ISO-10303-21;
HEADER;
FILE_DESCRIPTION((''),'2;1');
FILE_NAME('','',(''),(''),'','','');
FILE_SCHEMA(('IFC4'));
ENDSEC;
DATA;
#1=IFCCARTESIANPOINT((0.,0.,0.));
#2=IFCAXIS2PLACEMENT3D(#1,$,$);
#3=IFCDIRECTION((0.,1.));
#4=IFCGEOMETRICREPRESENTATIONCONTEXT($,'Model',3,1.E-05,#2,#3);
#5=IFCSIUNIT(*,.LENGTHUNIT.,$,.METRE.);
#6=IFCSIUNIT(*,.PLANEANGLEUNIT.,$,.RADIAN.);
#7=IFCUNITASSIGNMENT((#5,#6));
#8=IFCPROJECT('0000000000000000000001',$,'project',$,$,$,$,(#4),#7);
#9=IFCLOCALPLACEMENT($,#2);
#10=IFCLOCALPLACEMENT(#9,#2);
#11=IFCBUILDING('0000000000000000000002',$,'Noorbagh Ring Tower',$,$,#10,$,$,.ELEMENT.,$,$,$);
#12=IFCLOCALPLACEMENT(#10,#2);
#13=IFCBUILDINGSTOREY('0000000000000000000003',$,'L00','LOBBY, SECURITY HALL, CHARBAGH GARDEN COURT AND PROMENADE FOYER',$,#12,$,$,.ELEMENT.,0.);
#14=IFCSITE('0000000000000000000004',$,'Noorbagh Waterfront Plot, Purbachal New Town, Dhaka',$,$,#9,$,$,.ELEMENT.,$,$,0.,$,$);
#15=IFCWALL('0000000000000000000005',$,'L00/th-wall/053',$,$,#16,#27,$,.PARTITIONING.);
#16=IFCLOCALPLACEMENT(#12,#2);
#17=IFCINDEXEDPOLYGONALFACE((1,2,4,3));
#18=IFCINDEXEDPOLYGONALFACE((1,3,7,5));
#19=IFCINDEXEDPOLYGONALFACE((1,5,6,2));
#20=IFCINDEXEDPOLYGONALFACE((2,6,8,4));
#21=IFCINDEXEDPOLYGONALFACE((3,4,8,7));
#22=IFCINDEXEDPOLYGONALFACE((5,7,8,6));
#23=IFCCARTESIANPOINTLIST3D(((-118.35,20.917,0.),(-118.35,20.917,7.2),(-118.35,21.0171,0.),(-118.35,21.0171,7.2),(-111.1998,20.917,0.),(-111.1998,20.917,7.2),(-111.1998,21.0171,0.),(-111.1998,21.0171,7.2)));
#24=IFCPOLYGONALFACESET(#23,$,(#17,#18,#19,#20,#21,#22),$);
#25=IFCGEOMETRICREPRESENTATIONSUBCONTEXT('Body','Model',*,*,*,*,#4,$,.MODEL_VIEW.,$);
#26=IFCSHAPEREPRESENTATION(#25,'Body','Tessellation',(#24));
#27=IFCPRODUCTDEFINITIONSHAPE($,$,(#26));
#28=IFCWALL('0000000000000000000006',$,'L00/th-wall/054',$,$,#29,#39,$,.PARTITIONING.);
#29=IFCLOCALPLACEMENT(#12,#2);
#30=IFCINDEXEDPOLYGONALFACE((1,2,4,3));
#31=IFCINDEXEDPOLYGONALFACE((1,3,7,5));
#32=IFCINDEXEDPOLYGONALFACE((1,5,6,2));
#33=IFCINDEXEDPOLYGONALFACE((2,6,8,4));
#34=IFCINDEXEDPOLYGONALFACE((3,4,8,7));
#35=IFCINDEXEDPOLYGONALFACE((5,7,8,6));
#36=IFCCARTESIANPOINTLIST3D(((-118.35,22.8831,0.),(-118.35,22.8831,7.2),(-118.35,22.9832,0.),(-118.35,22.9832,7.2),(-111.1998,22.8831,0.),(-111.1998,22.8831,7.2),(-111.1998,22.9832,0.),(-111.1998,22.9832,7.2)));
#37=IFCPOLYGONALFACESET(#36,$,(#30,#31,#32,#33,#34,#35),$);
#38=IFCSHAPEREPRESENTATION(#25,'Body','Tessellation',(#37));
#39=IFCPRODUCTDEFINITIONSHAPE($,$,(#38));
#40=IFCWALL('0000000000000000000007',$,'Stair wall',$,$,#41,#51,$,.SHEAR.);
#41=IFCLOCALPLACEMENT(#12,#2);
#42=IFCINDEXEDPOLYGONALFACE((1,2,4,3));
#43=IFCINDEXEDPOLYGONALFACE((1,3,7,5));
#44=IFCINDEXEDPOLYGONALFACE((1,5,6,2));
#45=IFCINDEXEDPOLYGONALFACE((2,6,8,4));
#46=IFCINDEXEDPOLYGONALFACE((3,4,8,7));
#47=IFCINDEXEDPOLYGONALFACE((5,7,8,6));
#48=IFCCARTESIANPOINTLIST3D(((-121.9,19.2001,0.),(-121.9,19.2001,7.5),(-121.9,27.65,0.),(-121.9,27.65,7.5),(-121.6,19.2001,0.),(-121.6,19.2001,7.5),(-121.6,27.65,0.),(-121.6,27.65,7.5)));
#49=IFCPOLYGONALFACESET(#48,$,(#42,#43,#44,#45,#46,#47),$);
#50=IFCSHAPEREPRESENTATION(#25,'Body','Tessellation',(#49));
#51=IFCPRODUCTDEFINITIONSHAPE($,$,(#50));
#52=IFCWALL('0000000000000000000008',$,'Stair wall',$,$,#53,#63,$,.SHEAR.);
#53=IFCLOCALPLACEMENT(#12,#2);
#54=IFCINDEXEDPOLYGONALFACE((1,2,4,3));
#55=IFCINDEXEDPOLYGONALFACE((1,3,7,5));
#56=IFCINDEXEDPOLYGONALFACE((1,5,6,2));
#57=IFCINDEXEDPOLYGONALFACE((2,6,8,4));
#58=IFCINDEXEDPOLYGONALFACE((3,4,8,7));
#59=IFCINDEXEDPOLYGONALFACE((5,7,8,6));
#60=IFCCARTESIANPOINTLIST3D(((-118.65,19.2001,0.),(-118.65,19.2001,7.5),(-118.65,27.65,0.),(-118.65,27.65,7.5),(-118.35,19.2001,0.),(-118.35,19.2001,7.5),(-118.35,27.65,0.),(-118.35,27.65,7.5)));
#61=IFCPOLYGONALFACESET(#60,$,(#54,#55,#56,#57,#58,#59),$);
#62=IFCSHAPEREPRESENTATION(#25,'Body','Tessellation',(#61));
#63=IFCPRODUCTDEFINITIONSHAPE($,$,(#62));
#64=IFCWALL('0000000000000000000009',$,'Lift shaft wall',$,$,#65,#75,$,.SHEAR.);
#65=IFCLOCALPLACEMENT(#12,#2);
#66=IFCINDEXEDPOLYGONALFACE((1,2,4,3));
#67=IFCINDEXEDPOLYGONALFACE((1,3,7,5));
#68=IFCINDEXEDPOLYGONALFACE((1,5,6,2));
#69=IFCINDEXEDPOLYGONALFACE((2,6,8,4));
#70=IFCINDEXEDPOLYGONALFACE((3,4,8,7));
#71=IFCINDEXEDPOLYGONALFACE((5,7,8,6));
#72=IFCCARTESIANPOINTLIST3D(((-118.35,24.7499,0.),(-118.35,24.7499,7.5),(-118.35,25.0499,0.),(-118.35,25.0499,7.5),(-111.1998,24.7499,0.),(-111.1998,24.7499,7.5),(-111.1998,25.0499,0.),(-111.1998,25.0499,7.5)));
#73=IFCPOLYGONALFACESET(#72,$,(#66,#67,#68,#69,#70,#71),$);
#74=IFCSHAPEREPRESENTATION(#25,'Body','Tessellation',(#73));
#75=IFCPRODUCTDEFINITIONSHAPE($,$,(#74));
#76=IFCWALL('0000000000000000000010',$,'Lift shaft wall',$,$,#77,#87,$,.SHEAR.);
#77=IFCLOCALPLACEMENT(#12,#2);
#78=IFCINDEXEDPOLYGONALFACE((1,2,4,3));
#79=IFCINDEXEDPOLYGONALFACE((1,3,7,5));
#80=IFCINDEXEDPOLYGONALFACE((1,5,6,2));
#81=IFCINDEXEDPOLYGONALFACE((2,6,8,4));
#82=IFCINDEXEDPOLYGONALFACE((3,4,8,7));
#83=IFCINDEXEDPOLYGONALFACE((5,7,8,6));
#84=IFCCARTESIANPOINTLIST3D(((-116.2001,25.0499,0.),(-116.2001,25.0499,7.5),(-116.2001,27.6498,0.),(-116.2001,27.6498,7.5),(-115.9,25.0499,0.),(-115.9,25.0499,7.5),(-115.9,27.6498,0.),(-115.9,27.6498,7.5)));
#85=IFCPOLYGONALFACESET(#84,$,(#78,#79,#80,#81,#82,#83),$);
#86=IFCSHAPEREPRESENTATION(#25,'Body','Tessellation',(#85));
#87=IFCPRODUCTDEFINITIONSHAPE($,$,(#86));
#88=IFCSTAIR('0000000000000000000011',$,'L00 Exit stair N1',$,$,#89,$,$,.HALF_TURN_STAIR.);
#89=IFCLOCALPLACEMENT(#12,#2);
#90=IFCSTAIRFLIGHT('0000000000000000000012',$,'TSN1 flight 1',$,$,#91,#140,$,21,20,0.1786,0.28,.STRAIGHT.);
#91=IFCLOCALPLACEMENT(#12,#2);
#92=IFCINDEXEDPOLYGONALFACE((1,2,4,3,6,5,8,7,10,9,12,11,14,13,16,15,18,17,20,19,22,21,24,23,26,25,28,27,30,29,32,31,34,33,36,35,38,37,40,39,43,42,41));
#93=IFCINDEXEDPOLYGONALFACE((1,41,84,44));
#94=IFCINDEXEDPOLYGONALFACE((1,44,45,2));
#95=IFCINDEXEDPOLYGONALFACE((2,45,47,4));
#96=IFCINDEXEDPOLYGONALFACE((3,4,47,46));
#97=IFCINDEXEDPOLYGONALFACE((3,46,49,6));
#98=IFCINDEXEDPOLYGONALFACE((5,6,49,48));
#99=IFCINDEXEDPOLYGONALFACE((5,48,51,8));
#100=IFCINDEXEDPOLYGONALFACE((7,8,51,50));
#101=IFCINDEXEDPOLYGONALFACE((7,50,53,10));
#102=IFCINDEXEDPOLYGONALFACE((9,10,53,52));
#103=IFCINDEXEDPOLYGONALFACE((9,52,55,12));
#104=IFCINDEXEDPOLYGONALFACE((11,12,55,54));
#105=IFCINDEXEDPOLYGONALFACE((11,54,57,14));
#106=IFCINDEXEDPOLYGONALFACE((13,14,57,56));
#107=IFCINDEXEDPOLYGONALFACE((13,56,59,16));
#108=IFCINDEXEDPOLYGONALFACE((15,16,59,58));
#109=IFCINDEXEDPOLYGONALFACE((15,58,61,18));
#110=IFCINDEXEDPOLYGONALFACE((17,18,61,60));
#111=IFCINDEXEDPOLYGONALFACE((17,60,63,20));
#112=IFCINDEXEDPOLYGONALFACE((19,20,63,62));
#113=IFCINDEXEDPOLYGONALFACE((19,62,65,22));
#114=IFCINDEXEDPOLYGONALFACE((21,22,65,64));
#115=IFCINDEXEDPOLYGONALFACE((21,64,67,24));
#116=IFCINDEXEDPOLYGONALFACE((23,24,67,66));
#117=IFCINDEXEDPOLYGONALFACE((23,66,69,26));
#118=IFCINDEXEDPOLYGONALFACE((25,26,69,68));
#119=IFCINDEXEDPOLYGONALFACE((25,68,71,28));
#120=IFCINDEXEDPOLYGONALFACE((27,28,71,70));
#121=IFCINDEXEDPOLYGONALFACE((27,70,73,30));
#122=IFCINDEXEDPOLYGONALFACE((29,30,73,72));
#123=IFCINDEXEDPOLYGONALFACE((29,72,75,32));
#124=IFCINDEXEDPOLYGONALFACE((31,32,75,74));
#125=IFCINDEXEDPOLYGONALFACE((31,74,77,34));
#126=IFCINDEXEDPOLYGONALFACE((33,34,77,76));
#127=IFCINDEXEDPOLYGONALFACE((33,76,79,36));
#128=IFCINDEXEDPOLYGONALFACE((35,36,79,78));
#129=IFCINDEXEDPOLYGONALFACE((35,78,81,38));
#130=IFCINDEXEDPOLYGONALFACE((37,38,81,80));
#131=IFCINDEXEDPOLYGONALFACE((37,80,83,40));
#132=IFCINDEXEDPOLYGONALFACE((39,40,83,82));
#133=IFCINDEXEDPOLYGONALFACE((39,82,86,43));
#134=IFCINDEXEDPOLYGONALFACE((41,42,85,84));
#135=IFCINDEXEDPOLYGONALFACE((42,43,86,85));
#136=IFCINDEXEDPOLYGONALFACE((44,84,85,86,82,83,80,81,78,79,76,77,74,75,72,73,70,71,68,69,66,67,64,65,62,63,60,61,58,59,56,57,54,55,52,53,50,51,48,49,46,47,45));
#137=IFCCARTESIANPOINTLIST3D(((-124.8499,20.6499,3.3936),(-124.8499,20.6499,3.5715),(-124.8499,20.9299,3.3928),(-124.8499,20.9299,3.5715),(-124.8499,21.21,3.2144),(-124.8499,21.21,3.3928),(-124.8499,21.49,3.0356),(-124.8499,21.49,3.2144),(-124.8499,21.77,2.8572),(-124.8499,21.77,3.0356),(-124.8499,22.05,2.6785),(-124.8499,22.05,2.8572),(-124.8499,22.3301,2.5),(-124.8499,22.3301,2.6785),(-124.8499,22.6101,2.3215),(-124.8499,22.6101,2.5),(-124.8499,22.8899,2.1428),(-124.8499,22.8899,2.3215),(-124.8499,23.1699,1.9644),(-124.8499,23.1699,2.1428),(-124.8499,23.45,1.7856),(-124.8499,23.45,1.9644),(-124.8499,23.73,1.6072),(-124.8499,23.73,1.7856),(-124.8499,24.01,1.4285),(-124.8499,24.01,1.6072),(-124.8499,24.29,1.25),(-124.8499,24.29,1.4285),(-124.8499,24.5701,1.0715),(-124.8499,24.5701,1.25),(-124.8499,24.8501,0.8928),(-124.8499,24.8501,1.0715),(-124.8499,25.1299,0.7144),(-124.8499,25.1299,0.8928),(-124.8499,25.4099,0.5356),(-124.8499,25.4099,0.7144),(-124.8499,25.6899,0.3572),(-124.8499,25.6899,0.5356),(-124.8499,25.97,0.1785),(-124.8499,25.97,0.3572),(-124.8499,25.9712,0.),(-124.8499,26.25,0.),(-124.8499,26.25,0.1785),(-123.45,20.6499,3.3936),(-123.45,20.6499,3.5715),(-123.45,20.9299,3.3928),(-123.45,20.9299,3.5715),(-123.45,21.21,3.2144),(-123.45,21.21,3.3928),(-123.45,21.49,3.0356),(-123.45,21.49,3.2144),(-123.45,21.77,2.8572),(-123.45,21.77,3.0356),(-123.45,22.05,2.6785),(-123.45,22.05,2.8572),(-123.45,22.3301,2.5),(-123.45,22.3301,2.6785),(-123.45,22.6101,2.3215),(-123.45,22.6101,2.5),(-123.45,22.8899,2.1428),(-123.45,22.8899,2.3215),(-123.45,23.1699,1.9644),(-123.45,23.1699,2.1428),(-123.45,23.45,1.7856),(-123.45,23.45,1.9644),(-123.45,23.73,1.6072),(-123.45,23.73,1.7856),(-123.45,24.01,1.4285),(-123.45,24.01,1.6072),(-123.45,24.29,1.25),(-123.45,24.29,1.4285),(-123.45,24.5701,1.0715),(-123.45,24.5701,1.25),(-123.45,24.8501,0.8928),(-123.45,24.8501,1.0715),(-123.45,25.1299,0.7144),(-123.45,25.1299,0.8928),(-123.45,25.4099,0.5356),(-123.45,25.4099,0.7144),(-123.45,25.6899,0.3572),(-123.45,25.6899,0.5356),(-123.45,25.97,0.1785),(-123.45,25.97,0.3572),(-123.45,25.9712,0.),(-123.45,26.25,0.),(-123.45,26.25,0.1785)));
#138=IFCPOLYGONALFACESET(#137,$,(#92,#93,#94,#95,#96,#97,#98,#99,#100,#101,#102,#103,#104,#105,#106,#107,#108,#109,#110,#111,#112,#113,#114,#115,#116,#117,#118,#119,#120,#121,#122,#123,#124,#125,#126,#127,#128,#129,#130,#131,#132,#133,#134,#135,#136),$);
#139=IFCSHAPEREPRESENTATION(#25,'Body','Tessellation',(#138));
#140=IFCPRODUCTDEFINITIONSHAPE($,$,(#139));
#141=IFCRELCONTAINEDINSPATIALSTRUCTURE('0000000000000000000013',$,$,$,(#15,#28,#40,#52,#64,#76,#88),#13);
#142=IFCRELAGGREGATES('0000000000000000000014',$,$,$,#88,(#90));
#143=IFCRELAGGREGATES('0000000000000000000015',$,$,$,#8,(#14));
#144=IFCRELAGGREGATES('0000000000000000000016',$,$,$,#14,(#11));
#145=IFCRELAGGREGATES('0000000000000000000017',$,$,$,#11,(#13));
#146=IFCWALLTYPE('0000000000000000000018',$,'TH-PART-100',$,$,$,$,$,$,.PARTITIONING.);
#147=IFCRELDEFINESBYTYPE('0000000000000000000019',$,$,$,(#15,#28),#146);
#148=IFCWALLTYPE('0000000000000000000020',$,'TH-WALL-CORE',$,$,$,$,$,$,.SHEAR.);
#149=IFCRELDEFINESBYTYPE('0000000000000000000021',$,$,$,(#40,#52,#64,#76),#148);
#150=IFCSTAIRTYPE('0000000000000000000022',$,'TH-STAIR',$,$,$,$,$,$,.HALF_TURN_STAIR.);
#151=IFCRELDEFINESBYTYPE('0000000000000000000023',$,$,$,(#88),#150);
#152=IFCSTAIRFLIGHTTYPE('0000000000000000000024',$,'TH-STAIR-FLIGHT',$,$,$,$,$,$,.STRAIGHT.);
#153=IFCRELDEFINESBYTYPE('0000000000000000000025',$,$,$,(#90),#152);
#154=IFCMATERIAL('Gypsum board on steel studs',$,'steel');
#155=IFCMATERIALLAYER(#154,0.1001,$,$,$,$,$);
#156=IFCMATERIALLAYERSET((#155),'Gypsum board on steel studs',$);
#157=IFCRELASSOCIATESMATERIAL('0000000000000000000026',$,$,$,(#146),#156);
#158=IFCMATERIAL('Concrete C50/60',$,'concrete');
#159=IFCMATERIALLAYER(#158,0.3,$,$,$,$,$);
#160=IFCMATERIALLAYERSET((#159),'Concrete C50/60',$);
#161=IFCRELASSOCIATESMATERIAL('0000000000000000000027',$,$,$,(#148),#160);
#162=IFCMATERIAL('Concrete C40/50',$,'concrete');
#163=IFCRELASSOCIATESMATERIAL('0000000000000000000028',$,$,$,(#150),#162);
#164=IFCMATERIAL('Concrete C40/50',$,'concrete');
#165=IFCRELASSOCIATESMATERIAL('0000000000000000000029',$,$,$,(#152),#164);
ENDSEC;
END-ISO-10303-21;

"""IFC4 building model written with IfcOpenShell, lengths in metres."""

from ifc_helpers import new_model, si_unit, direction, frame, frame_2d, origin, place, context, subcontext, project, spatial, polyline, rectangle, outline, extrude, material, layer, layer_set, type_object, element, aggregate, save


model = new_model("IFC4")

# Units and contexts
model_context = context("Model", 3, precision=1e-05, world=origin(), true_north=direction((0.0, 1.0)))
body_context = subcontext(model_context, "Body", "Model", "MODEL_VIEW")
ifc_project = project(units=[si_unit("LENGTHUNIT", "METRE"), si_unit("PLANEANGLEUNIT", "RADIAN")], contexts=[model_context])

# Site, building, storey
site_placement = place(None, origin())
site = spatial("IfcSite", under=ifc_project, at=site_placement, Name="Noorbagh Waterfront Plot, Purbachal New Town, Dhaka", CompositionType="ELEMENT", RefElevation=0.0)
building_placement = place(site_placement, origin())
building = spatial("IfcBuilding", under=site, at=building_placement, Name="Noorbagh Ring Tower", CompositionType="ELEMENT")
storey_placement = place(building_placement, origin())
storey = spatial("IfcBuildingStorey", under=building, at=storey_placement, Name="L00", Description="LOBBY, SECURITY HALL, CHARBAGH GARDEN COURT AND PROMENADE FOYER", CompositionType="ELEMENT", Elevation=0.0)

# Walls
ifc_material_1 = material(Name="Gypsum board on steel studs", Category="steel")
ifc_layer_1 = layer(ifc_material_1, 0.1001)
ifc_layer_set_1 = layer_set([ifc_layer_1], Name="Gypsum board on steel studs")
wall_type_1 = type_object("IfcWallType", Name="TH-PART-100", PredefinedType="PARTITIONING", material=ifc_layer_set_1)
for number, where, z_axis, x_axis, name in (
    (1, (-118.3501, 20.967, 0.0), (0.0, 0.0, 1.0), (1.0, 0.0, 0.0), "L00/th-wall/053"),
    (2, (-118.3501, 22.9331, 0.0), (0.0, 0.0, 1.0), (1.0, 0.0, 0.0), "L00/th-wall/054"),
):
    element("IfcWall", number, at=place(storey_placement, frame(where, z_axis=z_axis, x_axis=x_axis)), inside=storey, type_object=wall_type_1, Name=name, PredefinedType="PARTITIONING", context=body_context, shape_type="SweptSolid", body=[
        extrude(rectangle(XDim=7.1501, YDim=0.1001, at=frame_2d((3.5752, 0.0))), origin(), (0.0, 0.0, 1.0), 7.2),
    ])
ifc_material_2 = material(Name="Concrete C50/60", Category="concrete")
ifc_layer_2 = layer(ifc_material_2, 0.3)
ifc_layer_set_2 = layer_set([ifc_layer_2], Name="Concrete C50/60")
wall_type_2 = type_object("IfcWallType", Name="TH-WALL-CORE", PredefinedType="SHEAR", material=ifc_layer_set_2)
for number, where, z_axis, x_axis, name in (
    (3, (-121.75, 19.2, 0.0), (0.0, 0.0, 1.0), (0.0, 1.0, 0.0), "Stair wall"),
    (4, (-118.5, 19.2, 0.0), (0.0, 0.0, 1.0), (0.0, 1.0, 0.0), "Stair wall"),
):
    element("IfcWall", number, at=place(storey_placement, frame(where, z_axis=z_axis, x_axis=x_axis)), inside=storey, type_object=wall_type_2, Name=name, PredefinedType="SHEAR", context=body_context, shape_type="SweptSolid", body=[
        extrude(rectangle(XDim=8.45, YDim=0.3, at=frame_2d((4.2251, 0.0))), origin(), (0.0, 0.0, 1.0), 7.5),
    ])
wall_1_placement = place(storey_placement, frame((-118.3501, 24.8999, 0.0), z_axis=(0.0, 0.0, 1.0), x_axis=(1.0, 0.0, 0.0)))
element("IfcWall", 5, at=wall_1_placement, inside=storey, type_object=wall_type_2, Name="Lift shaft wall", PredefinedType="SHEAR", context=body_context, shape_type="SweptSolid", body=[
    extrude(rectangle(XDim=7.1501, YDim=0.3, at=frame_2d((3.5752, 0.0))), origin(), (0.0, 0.0, 1.0), 7.5),
])
wall_2_placement = place(storey_placement, frame((-116.05, 25.05, 0.0), z_axis=(0.0, 0.0, 1.0), x_axis=(0.0, 1.0, 0.0)))
element("IfcWall", 6, at=wall_2_placement, inside=storey, type_object=wall_type_2, Name="Lift shaft wall", PredefinedType="SHEAR", context=body_context, shape_type="SweptSolid", body=[
    extrude(rectangle(XDim=2.5999, YDim=0.3, at=frame_2d((1.2998, 0.0))), origin(), (0.0, 0.0, 1.0), 7.5),
])

# Stair, stair flight
ifc_material_3 = material(Name="Concrete C40/50", Category="concrete")
stair_type = type_object("IfcStairType", Name="TH-STAIR", PredefinedType="HALF_TURN_STAIR", material=ifc_material_3)
stair_1_placement = place(storey_placement, origin())
stair_1 = element("IfcStair", 7, at=stair_1_placement, inside=storey, type_object=stair_type, Name="L00 Exit stair N1", PredefinedType="HALF_TURN_STAIR")
ifc_material_4 = material(Name="Concrete C40/50", Category="concrete")
stair_flight_type = type_object("IfcStairFlightType", Name="TH-STAIR-FLIGHT", PredefinedType="STRAIGHT", material=ifc_material_4)
stair_flight_1_placement = place(storey_placement, frame((-124.1499, 26.25, 0.0), z_axis=(0.0, 0.0, 1.0), x_axis=(0.0, -1.0, 0.0)))
stair_flight_1 = element("IfcStairFlight", 8, at=stair_flight_1_placement, type_object=stair_flight_type, Name="TSN1 flight 1", NumberOfRisers=21, NumberOfTreads=20, PredefinedType="STRAIGHT", RiserHeight=0.1786, TreadLength=0.28, context=body_context, shape_type="SweptSolid", body=[
    extrude(outline(polyline([(0.0, 0.0), (0.0, 0.1785), (0.28, 0.1785), (0.28, 0.3572), (0.5601, 0.3572), (0.5601, 0.5356), (0.8401, 0.5356), (0.8401, 0.7144), (1.1201, 0.7144), (1.1201, 0.8928), (1.3999, 0.8928), (1.3999, 1.0715), (1.6799, 1.0715), (1.6799, 1.25), (1.96, 1.25), (1.96, 1.4285), (2.24, 1.4285), (2.24, 1.6072), (2.52, 1.6072), (2.52, 1.7856), (2.8, 1.7856), (2.8, 1.9644), (3.0801, 1.9644), (3.0801, 2.1428), (3.3601, 2.1428), (3.3601, 2.3215), (3.6399, 2.3215), (3.6399, 2.5), (3.9199, 2.5), (3.9199, 2.6785), (4.2, 2.6785), (4.2, 2.8572), (4.48, 2.8572), (4.48, 3.0356), (4.76, 3.0356), (4.76, 3.2144), (5.04, 3.2144), (5.04, 3.3928), (5.3201, 3.3928), (5.3201, 3.5715), (5.6001, 3.5715), (5.6001, 3.75), (5.6001, 3.3936), (0.2788, 0.0), (0.0, 0.0)])), frame((0.0, 0.7, 0.0), z_axis=(0.0, -1.0, 0.0), x_axis=(1.0, 0.0, 0.0)), (0.0, 0.0, 1.0), 1.3999),
])
aggregate(stair_1, [stair_flight_1])

save(model, "model.ifc")
